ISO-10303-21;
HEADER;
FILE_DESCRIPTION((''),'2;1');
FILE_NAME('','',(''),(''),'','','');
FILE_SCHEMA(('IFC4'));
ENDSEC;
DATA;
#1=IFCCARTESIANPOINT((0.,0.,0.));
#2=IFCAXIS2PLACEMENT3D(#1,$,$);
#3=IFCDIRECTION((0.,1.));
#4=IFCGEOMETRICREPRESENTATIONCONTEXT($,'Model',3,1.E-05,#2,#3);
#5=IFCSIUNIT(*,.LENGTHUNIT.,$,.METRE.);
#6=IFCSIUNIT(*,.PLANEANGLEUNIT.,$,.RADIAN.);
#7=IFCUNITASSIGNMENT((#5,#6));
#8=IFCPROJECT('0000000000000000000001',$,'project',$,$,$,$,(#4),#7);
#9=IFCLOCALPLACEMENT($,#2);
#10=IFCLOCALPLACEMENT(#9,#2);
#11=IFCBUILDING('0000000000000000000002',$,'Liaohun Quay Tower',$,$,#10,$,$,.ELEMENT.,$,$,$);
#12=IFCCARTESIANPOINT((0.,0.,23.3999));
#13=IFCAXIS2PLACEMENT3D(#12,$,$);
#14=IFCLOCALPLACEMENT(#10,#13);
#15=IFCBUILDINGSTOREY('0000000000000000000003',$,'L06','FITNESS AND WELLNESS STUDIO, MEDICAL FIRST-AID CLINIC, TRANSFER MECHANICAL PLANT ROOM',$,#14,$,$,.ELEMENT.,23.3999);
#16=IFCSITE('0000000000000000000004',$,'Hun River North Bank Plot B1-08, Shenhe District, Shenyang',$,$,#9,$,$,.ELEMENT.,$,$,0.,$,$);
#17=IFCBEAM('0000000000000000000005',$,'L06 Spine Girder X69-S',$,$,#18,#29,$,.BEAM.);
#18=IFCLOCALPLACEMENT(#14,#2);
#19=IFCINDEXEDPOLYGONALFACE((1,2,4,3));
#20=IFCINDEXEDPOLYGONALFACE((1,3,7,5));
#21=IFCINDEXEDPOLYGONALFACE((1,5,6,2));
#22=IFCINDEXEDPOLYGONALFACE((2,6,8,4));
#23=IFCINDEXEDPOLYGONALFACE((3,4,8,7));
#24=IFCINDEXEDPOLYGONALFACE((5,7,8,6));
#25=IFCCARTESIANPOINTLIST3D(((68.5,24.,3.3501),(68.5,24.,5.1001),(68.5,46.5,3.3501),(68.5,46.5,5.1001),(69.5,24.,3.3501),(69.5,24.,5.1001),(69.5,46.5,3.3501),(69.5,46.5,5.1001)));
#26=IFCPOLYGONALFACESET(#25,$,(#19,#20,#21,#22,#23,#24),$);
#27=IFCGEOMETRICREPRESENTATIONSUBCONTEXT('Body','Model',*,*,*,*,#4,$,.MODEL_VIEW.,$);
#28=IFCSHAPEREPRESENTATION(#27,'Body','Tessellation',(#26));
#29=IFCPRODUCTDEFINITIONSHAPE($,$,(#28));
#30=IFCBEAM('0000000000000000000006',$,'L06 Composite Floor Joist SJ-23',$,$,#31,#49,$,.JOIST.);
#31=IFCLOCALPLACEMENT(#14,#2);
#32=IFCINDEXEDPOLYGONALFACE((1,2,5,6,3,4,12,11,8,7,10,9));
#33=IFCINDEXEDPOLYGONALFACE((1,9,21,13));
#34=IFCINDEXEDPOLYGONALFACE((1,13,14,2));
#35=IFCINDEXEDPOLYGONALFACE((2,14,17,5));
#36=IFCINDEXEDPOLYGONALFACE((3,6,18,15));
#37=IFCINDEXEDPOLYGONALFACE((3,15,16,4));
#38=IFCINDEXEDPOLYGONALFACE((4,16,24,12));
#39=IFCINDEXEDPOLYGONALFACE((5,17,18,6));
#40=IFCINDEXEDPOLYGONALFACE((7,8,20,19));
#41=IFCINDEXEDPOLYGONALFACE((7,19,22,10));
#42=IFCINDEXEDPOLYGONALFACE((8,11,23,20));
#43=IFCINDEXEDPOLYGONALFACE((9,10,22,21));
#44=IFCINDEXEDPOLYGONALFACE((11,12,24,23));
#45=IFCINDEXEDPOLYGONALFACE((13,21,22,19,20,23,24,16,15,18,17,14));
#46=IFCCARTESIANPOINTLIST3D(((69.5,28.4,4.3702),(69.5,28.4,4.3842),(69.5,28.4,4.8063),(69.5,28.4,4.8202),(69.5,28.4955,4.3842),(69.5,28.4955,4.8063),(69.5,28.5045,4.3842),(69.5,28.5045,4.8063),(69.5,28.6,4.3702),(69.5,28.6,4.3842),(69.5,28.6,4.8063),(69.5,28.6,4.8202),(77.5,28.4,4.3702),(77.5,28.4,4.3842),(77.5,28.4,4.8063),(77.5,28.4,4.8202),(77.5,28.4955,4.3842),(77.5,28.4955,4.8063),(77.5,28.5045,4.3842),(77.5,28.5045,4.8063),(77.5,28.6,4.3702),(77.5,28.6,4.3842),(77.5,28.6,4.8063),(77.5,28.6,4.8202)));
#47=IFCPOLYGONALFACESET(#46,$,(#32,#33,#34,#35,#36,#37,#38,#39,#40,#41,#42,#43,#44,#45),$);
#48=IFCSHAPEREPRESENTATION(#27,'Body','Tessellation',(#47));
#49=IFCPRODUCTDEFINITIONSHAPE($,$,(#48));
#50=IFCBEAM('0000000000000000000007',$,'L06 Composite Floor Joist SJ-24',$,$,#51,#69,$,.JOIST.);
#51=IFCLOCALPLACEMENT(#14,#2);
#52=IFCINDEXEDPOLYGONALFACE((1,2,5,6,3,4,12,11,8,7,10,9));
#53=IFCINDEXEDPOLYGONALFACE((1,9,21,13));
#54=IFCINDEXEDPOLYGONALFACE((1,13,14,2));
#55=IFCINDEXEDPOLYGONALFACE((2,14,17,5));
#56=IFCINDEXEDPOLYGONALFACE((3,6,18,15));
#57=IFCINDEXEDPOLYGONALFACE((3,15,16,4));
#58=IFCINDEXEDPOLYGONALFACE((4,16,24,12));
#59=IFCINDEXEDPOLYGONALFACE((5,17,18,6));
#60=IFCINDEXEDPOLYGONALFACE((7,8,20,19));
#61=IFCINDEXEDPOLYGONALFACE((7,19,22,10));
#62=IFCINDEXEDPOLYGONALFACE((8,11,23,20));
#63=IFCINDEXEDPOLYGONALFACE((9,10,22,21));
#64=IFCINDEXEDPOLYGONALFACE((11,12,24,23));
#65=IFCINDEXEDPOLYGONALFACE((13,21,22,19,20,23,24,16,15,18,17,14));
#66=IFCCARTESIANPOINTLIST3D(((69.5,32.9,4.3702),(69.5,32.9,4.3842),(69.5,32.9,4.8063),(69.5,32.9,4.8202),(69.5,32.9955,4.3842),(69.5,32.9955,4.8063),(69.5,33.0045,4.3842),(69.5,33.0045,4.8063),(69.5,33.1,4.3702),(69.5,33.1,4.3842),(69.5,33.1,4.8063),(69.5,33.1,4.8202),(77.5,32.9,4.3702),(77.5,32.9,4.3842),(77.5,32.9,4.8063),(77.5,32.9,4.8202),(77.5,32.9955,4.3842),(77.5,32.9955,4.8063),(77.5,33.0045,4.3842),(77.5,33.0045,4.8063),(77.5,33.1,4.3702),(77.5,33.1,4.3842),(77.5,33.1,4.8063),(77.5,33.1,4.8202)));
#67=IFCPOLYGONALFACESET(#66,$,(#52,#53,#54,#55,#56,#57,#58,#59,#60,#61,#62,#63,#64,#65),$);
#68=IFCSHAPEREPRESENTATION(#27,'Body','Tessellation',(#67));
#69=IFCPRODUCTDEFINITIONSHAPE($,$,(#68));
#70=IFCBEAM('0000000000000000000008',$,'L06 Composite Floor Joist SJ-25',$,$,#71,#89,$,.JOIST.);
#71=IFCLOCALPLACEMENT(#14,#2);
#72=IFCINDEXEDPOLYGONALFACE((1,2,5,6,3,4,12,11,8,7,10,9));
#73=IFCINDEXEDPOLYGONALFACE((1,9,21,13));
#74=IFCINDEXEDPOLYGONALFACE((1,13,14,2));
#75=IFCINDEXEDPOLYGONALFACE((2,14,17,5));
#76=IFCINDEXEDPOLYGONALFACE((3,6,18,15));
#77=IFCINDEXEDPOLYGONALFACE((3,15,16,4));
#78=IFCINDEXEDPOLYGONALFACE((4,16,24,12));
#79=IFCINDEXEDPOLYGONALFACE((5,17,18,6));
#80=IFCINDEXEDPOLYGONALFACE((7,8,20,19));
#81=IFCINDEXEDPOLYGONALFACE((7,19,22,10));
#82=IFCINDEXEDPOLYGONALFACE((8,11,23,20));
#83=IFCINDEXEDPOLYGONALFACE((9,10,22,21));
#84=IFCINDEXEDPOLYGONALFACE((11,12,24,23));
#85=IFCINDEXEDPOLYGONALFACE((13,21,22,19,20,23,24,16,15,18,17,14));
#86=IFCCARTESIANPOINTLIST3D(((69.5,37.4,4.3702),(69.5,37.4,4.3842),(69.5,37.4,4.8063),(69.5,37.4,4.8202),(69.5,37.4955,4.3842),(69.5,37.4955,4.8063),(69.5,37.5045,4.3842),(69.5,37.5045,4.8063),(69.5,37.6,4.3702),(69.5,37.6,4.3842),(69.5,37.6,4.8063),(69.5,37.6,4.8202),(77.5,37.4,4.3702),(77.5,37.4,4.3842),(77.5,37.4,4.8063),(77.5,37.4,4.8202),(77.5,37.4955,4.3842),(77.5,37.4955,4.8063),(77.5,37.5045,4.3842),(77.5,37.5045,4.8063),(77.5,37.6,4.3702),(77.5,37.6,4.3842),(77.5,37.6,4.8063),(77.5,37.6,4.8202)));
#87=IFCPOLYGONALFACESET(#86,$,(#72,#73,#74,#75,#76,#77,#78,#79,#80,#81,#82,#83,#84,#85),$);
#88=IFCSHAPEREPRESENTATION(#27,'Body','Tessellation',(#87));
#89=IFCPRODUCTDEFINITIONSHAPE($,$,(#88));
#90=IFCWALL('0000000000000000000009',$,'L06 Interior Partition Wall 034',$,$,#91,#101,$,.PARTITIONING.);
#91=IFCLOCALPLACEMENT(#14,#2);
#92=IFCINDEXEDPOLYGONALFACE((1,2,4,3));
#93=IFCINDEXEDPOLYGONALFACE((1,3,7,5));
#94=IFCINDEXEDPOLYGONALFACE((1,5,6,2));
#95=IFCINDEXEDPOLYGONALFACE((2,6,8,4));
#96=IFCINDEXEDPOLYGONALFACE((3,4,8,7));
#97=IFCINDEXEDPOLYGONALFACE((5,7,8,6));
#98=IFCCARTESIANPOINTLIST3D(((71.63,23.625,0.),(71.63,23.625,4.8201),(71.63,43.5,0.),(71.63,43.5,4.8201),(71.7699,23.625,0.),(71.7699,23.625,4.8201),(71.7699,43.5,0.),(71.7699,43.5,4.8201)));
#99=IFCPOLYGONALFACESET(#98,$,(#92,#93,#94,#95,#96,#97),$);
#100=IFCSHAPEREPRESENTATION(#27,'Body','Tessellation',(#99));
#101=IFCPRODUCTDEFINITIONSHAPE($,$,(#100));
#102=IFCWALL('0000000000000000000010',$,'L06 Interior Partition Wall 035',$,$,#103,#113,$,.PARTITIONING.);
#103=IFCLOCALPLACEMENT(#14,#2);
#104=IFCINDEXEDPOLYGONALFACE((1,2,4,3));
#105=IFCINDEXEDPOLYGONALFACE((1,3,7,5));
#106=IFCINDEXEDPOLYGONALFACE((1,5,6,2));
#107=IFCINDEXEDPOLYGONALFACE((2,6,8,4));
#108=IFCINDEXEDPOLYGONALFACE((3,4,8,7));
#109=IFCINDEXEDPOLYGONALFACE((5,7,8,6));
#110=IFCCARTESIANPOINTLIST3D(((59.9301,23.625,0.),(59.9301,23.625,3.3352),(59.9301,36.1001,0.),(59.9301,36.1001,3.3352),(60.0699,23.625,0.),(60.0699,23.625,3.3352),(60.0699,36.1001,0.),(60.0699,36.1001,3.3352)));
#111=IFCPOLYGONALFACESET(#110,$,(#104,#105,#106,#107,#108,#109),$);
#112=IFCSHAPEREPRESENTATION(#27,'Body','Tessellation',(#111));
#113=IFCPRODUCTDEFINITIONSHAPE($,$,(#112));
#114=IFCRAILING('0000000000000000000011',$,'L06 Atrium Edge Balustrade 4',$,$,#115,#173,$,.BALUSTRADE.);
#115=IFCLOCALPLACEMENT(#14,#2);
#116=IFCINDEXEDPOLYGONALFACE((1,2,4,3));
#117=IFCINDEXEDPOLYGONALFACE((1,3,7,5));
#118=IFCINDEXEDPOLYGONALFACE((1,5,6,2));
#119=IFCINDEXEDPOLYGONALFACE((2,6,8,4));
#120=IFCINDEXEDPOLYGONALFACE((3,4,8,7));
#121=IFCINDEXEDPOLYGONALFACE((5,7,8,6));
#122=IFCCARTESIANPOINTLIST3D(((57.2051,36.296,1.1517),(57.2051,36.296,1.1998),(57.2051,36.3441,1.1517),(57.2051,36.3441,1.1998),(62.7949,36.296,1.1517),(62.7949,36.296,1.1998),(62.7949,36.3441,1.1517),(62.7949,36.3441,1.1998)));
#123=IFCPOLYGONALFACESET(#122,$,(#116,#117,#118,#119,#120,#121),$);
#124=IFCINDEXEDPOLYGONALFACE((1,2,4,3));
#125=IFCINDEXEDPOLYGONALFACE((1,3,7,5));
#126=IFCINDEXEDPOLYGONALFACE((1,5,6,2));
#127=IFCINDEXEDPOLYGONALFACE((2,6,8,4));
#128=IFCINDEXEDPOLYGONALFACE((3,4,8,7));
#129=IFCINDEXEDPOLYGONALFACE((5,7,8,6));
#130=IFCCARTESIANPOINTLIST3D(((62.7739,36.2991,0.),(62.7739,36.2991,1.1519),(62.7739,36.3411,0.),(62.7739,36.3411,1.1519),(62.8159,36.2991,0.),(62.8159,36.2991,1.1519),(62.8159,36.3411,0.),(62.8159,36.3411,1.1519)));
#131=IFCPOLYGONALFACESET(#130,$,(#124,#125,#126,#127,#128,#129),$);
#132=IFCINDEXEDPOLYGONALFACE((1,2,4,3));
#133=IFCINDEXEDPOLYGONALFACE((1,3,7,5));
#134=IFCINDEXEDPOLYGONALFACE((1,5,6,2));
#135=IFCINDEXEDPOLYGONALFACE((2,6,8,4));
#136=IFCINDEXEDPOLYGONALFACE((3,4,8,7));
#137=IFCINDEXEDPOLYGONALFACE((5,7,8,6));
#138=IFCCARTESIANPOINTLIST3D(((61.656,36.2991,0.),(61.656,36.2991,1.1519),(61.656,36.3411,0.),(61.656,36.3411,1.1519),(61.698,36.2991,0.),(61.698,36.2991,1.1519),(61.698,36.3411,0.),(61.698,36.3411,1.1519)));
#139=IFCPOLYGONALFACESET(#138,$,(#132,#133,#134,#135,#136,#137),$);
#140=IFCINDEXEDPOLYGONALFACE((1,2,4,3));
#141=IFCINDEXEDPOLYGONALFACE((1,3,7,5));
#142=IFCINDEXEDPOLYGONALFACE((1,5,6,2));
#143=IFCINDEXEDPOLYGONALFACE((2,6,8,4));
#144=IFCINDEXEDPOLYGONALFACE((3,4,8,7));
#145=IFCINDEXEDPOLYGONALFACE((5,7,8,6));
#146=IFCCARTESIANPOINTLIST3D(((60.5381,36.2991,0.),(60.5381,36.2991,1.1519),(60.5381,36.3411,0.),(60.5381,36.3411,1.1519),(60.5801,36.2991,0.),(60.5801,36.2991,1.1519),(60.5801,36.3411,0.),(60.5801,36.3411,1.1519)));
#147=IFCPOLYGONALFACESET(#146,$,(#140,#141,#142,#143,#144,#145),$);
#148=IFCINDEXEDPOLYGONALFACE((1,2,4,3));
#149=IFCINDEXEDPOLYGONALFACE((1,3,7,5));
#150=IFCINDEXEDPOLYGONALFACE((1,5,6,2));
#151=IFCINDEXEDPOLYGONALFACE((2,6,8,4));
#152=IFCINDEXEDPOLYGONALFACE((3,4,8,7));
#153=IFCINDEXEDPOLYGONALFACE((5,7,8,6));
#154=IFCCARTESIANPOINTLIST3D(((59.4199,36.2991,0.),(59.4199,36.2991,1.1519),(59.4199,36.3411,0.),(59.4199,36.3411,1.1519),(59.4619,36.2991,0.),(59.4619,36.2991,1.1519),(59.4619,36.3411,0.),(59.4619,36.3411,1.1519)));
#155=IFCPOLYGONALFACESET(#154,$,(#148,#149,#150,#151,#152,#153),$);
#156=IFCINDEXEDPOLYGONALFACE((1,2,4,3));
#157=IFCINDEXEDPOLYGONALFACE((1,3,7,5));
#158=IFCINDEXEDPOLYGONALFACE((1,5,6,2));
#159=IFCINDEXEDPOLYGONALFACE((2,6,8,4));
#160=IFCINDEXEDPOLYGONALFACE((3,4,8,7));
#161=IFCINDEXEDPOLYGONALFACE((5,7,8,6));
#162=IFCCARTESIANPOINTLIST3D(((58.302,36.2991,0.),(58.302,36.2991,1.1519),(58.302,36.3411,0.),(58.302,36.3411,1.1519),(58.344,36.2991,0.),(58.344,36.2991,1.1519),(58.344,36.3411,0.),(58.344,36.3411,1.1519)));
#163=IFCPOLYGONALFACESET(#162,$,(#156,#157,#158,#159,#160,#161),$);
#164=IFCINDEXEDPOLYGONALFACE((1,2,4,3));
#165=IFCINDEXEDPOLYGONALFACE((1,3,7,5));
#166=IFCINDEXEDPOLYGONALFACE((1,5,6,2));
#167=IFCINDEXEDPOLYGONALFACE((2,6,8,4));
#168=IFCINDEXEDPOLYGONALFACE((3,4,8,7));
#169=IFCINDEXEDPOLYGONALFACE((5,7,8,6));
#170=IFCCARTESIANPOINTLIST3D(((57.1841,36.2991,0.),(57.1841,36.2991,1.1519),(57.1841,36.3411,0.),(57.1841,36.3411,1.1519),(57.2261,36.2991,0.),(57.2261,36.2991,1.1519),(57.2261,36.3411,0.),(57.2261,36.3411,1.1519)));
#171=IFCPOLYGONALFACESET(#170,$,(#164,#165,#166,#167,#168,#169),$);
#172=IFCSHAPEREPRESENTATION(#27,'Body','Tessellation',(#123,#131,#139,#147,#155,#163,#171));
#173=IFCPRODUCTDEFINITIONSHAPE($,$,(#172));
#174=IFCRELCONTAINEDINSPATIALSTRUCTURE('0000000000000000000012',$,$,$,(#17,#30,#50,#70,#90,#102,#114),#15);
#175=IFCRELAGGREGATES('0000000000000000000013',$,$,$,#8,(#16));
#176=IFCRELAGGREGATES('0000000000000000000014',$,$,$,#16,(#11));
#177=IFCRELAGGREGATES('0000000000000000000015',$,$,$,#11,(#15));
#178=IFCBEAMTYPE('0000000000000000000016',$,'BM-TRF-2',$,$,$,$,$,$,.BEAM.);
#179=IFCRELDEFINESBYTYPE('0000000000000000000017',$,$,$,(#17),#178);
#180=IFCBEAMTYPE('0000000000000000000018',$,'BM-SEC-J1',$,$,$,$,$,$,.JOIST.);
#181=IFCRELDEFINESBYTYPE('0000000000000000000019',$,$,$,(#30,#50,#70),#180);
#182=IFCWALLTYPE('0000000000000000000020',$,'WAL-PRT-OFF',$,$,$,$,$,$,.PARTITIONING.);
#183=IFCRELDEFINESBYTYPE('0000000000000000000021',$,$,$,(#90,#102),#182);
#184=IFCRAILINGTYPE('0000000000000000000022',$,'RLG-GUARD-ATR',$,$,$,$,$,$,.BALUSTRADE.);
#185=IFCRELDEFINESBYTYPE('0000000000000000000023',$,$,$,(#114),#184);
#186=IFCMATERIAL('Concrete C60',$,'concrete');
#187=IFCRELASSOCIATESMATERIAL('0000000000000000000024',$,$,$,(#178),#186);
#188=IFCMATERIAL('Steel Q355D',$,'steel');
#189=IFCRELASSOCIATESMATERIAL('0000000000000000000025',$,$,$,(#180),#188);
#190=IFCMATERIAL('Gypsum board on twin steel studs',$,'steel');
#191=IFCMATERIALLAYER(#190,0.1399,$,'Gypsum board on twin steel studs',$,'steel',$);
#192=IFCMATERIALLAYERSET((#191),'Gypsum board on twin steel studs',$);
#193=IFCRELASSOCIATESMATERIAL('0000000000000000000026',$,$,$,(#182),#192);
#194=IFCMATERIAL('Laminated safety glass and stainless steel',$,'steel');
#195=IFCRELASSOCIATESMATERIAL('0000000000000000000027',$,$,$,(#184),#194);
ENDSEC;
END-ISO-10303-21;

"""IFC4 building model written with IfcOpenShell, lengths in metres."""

from ifc_helpers import new_model, si_unit, direction, frame, frame_2d, origin, origin_2d, place, context, subcontext, project, spatial, rectangle, i_section, extrude, source, transform, mapped, material, layer, layer_set, material_profile, profile_set, type_object, element, save


model = new_model("IFC4")

# Units and contexts
model_context = context("Model", 3, precision=1e-05, world=origin(), true_north=direction((0.0, 1.0)))
body_context = subcontext(model_context, "Body", "Model", "MODEL_VIEW")
ifc_project = project(units=[si_unit("LENGTHUNIT", "METRE"), si_unit("PLANEANGLEUNIT", "RADIAN")], contexts=[model_context])

# Site, building, storey
site_placement = place(None, origin())
site = spatial("IfcSite", under=ifc_project, at=site_placement, Name="Hun River North Bank Plot B1-08, Shenhe District, Shenyang", CompositionType="ELEMENT", RefElevation=0.0)
building_placement = place(site_placement, origin())
building = spatial("IfcBuilding", under=site, at=building_placement, Name="Liaohun Quay Tower", CompositionType="ELEMENT")
storey_placement = place(building_placement, frame((0.0, 0.0, 23.3999)))
storey = spatial("IfcBuildingStorey", under=building, at=storey_placement, Name="L06", Description="FITNESS AND WELLNESS STUDIO, MEDICAL FIRST-AID CLINIC, TRANSFER MECHANICAL PLANT ROOM", CompositionType="ELEMENT", Elevation=23.3999)

# Shared definitions
ifc_material_1 = material(Name="Concrete C60", Category="concrete")
ifc_material_2 = material(Name="Steel Q355D", Category="steel")

# Beams
ifc_material_profile_1 = material_profile(ifc_material_1, rectangle(XDim=1.0, YDim=1.75, at=origin_2d()), Name="RC1000x1750")
ifc_profile_set_1 = profile_set([ifc_material_profile_1], Name="Concrete C60")
beam_type_1 = type_object("IfcBeamType", Name="BM-TRF-2", PredefinedType="BEAM", material=ifc_profile_set_1)
shared_shape_1 = source(origin(), body_context, "Body", "SweptSolid", [
    extrude(rectangle(XDim=1.0, YDim=1.75, at=origin_2d()), origin(), (0.0, 0.0, 1.0), 22.5),
])
beam_1_placement = place(storey_placement, frame((69.0, 24.0, 4.2251), z_axis=(0.0, 1.0, 0.0), x_axis=(-1.0, 0.0, 0.0)))
element("IfcBeam", 1, at=beam_1_placement, inside=storey, type_object=beam_type_1, Name="L06 Spine Girder X69-S", PredefinedType="BEAM", context=body_context, shape_type="MappedRepresentation", body=[
    mapped(shared_shape_1, transform((0.0, 0.0, 0.0), x_axis=(1.0, 0.0, 0.0), y_axis=(0.0, 1.0, 0.0), z_axis=(0.0, 0.0, 1.0), scale=1.0)),
])
ifc_material_profile_2 = material_profile(ifc_material_2, i_section(OverallWidth=0.2, OverallDepth=0.45, WebThickness=0.009, FlangeThickness=0.0139, at=origin_2d()), Name="HN450x200x9x14")
ifc_profile_set_2 = profile_set([ifc_material_profile_2], Name="Steel Q355D")
beam_type_2 = type_object("IfcBeamType", Name="BM-SEC-J1", PredefinedType="JOIST", material=ifc_profile_set_2)
shared_shape_2 = source(origin(), body_context, "Body", "SweptSolid", [
    extrude(i_section(OverallWidth=0.2, OverallDepth=0.45, WebThickness=0.009, FlangeThickness=0.0139, at=origin_2d()), origin(), (0.0, 0.0, 1.0), 8.0),
])
for number, where, z_axis, x_axis, name in (
    (2, (69.5, 28.5, 4.5952), (1.0, 0.0, 0.0), (0.0, 1.0, 0.0), "L06 Composite Floor Joist SJ-23"),
    (3, (69.5, 33.0, 4.5952), (1.0, 0.0, 0.0), (0.0, 1.0, 0.0), "L06 Composite Floor Joist SJ-24"),
    (4, (69.5, 37.5, 4.5952), (1.0, 0.0, 0.0), (0.0, 1.0, 0.0), "L06 Composite Floor Joist SJ-25"),
):
    element("IfcBeam", number, at=place(storey_placement, frame(where, z_axis=z_axis, x_axis=x_axis)), inside=storey, type_object=beam_type_2, Name=name, PredefinedType="JOIST", context=body_context, shape_type="MappedRepresentation", body=[
        mapped(shared_shape_2, transform((0.0, 0.0, 0.0), x_axis=(1.0, 0.0, 0.0), y_axis=(0.0, 1.0, 0.0), z_axis=(0.0, 0.0, 1.0), scale=1.0)),
    ])

# Walls
ifc_material_3 = material(Name="Gypsum board on twin steel studs", Category="steel")
ifc_layer = layer(ifc_material_3, 0.1399, Name="Gypsum board on twin steel studs", Category="steel")
ifc_layer_set = layer_set([ifc_layer], Name="Gypsum board on twin steel studs")
wall_type = type_object("IfcWallType", Name="WAL-PRT-OFF", PredefinedType="PARTITIONING", material=ifc_layer_set)
wall_1_placement = place(storey_placement, frame((71.7, 23.625, 0.0), z_axis=(0.0, 0.0, 1.0), x_axis=(0.0, 1.0, 0.0)))
element("IfcWall", 5, at=wall_1_placement, inside=storey, type_object=wall_type, Name="L06 Interior Partition Wall 034", PredefinedType="PARTITIONING", context=body_context, shape_type="SweptSolid", body=[
    extrude(rectangle(XDim=19.875, YDim=0.1399, at=frame_2d((9.9375, 0.0))), origin(), (0.0, 0.0, 1.0), 4.8201),
])
wall_2_placement = place(storey_placement, frame((60.0, 23.625, 0.0), z_axis=(0.0, 0.0, 1.0), x_axis=(0.0, 1.0, 0.0)))
element("IfcWall", 6, at=wall_2_placement, inside=storey, type_object=wall_type, Name="L06 Interior Partition Wall 035", PredefinedType="PARTITIONING", context=body_context, shape_type="SweptSolid", body=[
    extrude(rectangle(XDim=12.4751, YDim=0.1399, at=frame_2d((6.2375, 0.0))), origin(), (0.0, 0.0, 1.0), 3.3352),
])

# Railing
ifc_material_4 = material(Name="Laminated safety glass and stainless steel", Category="steel")
railing_type = type_object("IfcRailingType", Name="RLG-GUARD-ATR", PredefinedType="BALUSTRADE", material=ifc_material_4)
railing_placement = place(storey_placement, frame((62.7949, 36.3201, 0.0)))
element("IfcRailing", 7, at=railing_placement, inside=storey, type_object=railing_type, Name="L06 Atrium Edge Balustrade 4", PredefinedType="BALUSTRADE", context=body_context, shape_type="SweptSolid", body=[
    extrude(rectangle(XDim=0.0481, YDim=0.0481, at=origin_2d()), frame((0.0, 0.0, 1.1758), z_axis=(-1.0, 0.0, 0.0), x_axis=(0.0, -1.0, 0.0)), (0.0, 0.0, 1.0), 5.5898),
    extrude(rectangle(XDim=0.042, YDim=0.042, at=origin_2d()), origin(), (0.0, 0.0, 1.0), 1.1519),
    extrude(rectangle(XDim=0.042, YDim=0.042, at=origin_2d()), frame((-1.1179, 0.0, 0.0)), (0.0, 0.0, 1.0), 1.1519),
    extrude(rectangle(XDim=0.042, YDim=0.042, at=origin_2d()), frame((-2.2358, 0.0, 0.0)), (0.0, 0.0, 1.0), 1.1519),
    extrude(rectangle(XDim=0.042, YDim=0.042, at=origin_2d()), frame((-3.354, 0.0, 0.0)), (0.0, 0.0, 1.0), 1.1519),
    extrude(rectangle(XDim=0.042, YDim=0.042, at=origin_2d()), frame((-4.4719, 0.0, 0.0)), (0.0, 0.0, 1.0), 1.1519),
    extrude(rectangle(XDim=0.042, YDim=0.042, at=origin_2d()), frame((-5.5898, 0.0, 0.0)), (0.0, 0.0, 1.0), 1.1519),
])

save(model, "model.ifc")
